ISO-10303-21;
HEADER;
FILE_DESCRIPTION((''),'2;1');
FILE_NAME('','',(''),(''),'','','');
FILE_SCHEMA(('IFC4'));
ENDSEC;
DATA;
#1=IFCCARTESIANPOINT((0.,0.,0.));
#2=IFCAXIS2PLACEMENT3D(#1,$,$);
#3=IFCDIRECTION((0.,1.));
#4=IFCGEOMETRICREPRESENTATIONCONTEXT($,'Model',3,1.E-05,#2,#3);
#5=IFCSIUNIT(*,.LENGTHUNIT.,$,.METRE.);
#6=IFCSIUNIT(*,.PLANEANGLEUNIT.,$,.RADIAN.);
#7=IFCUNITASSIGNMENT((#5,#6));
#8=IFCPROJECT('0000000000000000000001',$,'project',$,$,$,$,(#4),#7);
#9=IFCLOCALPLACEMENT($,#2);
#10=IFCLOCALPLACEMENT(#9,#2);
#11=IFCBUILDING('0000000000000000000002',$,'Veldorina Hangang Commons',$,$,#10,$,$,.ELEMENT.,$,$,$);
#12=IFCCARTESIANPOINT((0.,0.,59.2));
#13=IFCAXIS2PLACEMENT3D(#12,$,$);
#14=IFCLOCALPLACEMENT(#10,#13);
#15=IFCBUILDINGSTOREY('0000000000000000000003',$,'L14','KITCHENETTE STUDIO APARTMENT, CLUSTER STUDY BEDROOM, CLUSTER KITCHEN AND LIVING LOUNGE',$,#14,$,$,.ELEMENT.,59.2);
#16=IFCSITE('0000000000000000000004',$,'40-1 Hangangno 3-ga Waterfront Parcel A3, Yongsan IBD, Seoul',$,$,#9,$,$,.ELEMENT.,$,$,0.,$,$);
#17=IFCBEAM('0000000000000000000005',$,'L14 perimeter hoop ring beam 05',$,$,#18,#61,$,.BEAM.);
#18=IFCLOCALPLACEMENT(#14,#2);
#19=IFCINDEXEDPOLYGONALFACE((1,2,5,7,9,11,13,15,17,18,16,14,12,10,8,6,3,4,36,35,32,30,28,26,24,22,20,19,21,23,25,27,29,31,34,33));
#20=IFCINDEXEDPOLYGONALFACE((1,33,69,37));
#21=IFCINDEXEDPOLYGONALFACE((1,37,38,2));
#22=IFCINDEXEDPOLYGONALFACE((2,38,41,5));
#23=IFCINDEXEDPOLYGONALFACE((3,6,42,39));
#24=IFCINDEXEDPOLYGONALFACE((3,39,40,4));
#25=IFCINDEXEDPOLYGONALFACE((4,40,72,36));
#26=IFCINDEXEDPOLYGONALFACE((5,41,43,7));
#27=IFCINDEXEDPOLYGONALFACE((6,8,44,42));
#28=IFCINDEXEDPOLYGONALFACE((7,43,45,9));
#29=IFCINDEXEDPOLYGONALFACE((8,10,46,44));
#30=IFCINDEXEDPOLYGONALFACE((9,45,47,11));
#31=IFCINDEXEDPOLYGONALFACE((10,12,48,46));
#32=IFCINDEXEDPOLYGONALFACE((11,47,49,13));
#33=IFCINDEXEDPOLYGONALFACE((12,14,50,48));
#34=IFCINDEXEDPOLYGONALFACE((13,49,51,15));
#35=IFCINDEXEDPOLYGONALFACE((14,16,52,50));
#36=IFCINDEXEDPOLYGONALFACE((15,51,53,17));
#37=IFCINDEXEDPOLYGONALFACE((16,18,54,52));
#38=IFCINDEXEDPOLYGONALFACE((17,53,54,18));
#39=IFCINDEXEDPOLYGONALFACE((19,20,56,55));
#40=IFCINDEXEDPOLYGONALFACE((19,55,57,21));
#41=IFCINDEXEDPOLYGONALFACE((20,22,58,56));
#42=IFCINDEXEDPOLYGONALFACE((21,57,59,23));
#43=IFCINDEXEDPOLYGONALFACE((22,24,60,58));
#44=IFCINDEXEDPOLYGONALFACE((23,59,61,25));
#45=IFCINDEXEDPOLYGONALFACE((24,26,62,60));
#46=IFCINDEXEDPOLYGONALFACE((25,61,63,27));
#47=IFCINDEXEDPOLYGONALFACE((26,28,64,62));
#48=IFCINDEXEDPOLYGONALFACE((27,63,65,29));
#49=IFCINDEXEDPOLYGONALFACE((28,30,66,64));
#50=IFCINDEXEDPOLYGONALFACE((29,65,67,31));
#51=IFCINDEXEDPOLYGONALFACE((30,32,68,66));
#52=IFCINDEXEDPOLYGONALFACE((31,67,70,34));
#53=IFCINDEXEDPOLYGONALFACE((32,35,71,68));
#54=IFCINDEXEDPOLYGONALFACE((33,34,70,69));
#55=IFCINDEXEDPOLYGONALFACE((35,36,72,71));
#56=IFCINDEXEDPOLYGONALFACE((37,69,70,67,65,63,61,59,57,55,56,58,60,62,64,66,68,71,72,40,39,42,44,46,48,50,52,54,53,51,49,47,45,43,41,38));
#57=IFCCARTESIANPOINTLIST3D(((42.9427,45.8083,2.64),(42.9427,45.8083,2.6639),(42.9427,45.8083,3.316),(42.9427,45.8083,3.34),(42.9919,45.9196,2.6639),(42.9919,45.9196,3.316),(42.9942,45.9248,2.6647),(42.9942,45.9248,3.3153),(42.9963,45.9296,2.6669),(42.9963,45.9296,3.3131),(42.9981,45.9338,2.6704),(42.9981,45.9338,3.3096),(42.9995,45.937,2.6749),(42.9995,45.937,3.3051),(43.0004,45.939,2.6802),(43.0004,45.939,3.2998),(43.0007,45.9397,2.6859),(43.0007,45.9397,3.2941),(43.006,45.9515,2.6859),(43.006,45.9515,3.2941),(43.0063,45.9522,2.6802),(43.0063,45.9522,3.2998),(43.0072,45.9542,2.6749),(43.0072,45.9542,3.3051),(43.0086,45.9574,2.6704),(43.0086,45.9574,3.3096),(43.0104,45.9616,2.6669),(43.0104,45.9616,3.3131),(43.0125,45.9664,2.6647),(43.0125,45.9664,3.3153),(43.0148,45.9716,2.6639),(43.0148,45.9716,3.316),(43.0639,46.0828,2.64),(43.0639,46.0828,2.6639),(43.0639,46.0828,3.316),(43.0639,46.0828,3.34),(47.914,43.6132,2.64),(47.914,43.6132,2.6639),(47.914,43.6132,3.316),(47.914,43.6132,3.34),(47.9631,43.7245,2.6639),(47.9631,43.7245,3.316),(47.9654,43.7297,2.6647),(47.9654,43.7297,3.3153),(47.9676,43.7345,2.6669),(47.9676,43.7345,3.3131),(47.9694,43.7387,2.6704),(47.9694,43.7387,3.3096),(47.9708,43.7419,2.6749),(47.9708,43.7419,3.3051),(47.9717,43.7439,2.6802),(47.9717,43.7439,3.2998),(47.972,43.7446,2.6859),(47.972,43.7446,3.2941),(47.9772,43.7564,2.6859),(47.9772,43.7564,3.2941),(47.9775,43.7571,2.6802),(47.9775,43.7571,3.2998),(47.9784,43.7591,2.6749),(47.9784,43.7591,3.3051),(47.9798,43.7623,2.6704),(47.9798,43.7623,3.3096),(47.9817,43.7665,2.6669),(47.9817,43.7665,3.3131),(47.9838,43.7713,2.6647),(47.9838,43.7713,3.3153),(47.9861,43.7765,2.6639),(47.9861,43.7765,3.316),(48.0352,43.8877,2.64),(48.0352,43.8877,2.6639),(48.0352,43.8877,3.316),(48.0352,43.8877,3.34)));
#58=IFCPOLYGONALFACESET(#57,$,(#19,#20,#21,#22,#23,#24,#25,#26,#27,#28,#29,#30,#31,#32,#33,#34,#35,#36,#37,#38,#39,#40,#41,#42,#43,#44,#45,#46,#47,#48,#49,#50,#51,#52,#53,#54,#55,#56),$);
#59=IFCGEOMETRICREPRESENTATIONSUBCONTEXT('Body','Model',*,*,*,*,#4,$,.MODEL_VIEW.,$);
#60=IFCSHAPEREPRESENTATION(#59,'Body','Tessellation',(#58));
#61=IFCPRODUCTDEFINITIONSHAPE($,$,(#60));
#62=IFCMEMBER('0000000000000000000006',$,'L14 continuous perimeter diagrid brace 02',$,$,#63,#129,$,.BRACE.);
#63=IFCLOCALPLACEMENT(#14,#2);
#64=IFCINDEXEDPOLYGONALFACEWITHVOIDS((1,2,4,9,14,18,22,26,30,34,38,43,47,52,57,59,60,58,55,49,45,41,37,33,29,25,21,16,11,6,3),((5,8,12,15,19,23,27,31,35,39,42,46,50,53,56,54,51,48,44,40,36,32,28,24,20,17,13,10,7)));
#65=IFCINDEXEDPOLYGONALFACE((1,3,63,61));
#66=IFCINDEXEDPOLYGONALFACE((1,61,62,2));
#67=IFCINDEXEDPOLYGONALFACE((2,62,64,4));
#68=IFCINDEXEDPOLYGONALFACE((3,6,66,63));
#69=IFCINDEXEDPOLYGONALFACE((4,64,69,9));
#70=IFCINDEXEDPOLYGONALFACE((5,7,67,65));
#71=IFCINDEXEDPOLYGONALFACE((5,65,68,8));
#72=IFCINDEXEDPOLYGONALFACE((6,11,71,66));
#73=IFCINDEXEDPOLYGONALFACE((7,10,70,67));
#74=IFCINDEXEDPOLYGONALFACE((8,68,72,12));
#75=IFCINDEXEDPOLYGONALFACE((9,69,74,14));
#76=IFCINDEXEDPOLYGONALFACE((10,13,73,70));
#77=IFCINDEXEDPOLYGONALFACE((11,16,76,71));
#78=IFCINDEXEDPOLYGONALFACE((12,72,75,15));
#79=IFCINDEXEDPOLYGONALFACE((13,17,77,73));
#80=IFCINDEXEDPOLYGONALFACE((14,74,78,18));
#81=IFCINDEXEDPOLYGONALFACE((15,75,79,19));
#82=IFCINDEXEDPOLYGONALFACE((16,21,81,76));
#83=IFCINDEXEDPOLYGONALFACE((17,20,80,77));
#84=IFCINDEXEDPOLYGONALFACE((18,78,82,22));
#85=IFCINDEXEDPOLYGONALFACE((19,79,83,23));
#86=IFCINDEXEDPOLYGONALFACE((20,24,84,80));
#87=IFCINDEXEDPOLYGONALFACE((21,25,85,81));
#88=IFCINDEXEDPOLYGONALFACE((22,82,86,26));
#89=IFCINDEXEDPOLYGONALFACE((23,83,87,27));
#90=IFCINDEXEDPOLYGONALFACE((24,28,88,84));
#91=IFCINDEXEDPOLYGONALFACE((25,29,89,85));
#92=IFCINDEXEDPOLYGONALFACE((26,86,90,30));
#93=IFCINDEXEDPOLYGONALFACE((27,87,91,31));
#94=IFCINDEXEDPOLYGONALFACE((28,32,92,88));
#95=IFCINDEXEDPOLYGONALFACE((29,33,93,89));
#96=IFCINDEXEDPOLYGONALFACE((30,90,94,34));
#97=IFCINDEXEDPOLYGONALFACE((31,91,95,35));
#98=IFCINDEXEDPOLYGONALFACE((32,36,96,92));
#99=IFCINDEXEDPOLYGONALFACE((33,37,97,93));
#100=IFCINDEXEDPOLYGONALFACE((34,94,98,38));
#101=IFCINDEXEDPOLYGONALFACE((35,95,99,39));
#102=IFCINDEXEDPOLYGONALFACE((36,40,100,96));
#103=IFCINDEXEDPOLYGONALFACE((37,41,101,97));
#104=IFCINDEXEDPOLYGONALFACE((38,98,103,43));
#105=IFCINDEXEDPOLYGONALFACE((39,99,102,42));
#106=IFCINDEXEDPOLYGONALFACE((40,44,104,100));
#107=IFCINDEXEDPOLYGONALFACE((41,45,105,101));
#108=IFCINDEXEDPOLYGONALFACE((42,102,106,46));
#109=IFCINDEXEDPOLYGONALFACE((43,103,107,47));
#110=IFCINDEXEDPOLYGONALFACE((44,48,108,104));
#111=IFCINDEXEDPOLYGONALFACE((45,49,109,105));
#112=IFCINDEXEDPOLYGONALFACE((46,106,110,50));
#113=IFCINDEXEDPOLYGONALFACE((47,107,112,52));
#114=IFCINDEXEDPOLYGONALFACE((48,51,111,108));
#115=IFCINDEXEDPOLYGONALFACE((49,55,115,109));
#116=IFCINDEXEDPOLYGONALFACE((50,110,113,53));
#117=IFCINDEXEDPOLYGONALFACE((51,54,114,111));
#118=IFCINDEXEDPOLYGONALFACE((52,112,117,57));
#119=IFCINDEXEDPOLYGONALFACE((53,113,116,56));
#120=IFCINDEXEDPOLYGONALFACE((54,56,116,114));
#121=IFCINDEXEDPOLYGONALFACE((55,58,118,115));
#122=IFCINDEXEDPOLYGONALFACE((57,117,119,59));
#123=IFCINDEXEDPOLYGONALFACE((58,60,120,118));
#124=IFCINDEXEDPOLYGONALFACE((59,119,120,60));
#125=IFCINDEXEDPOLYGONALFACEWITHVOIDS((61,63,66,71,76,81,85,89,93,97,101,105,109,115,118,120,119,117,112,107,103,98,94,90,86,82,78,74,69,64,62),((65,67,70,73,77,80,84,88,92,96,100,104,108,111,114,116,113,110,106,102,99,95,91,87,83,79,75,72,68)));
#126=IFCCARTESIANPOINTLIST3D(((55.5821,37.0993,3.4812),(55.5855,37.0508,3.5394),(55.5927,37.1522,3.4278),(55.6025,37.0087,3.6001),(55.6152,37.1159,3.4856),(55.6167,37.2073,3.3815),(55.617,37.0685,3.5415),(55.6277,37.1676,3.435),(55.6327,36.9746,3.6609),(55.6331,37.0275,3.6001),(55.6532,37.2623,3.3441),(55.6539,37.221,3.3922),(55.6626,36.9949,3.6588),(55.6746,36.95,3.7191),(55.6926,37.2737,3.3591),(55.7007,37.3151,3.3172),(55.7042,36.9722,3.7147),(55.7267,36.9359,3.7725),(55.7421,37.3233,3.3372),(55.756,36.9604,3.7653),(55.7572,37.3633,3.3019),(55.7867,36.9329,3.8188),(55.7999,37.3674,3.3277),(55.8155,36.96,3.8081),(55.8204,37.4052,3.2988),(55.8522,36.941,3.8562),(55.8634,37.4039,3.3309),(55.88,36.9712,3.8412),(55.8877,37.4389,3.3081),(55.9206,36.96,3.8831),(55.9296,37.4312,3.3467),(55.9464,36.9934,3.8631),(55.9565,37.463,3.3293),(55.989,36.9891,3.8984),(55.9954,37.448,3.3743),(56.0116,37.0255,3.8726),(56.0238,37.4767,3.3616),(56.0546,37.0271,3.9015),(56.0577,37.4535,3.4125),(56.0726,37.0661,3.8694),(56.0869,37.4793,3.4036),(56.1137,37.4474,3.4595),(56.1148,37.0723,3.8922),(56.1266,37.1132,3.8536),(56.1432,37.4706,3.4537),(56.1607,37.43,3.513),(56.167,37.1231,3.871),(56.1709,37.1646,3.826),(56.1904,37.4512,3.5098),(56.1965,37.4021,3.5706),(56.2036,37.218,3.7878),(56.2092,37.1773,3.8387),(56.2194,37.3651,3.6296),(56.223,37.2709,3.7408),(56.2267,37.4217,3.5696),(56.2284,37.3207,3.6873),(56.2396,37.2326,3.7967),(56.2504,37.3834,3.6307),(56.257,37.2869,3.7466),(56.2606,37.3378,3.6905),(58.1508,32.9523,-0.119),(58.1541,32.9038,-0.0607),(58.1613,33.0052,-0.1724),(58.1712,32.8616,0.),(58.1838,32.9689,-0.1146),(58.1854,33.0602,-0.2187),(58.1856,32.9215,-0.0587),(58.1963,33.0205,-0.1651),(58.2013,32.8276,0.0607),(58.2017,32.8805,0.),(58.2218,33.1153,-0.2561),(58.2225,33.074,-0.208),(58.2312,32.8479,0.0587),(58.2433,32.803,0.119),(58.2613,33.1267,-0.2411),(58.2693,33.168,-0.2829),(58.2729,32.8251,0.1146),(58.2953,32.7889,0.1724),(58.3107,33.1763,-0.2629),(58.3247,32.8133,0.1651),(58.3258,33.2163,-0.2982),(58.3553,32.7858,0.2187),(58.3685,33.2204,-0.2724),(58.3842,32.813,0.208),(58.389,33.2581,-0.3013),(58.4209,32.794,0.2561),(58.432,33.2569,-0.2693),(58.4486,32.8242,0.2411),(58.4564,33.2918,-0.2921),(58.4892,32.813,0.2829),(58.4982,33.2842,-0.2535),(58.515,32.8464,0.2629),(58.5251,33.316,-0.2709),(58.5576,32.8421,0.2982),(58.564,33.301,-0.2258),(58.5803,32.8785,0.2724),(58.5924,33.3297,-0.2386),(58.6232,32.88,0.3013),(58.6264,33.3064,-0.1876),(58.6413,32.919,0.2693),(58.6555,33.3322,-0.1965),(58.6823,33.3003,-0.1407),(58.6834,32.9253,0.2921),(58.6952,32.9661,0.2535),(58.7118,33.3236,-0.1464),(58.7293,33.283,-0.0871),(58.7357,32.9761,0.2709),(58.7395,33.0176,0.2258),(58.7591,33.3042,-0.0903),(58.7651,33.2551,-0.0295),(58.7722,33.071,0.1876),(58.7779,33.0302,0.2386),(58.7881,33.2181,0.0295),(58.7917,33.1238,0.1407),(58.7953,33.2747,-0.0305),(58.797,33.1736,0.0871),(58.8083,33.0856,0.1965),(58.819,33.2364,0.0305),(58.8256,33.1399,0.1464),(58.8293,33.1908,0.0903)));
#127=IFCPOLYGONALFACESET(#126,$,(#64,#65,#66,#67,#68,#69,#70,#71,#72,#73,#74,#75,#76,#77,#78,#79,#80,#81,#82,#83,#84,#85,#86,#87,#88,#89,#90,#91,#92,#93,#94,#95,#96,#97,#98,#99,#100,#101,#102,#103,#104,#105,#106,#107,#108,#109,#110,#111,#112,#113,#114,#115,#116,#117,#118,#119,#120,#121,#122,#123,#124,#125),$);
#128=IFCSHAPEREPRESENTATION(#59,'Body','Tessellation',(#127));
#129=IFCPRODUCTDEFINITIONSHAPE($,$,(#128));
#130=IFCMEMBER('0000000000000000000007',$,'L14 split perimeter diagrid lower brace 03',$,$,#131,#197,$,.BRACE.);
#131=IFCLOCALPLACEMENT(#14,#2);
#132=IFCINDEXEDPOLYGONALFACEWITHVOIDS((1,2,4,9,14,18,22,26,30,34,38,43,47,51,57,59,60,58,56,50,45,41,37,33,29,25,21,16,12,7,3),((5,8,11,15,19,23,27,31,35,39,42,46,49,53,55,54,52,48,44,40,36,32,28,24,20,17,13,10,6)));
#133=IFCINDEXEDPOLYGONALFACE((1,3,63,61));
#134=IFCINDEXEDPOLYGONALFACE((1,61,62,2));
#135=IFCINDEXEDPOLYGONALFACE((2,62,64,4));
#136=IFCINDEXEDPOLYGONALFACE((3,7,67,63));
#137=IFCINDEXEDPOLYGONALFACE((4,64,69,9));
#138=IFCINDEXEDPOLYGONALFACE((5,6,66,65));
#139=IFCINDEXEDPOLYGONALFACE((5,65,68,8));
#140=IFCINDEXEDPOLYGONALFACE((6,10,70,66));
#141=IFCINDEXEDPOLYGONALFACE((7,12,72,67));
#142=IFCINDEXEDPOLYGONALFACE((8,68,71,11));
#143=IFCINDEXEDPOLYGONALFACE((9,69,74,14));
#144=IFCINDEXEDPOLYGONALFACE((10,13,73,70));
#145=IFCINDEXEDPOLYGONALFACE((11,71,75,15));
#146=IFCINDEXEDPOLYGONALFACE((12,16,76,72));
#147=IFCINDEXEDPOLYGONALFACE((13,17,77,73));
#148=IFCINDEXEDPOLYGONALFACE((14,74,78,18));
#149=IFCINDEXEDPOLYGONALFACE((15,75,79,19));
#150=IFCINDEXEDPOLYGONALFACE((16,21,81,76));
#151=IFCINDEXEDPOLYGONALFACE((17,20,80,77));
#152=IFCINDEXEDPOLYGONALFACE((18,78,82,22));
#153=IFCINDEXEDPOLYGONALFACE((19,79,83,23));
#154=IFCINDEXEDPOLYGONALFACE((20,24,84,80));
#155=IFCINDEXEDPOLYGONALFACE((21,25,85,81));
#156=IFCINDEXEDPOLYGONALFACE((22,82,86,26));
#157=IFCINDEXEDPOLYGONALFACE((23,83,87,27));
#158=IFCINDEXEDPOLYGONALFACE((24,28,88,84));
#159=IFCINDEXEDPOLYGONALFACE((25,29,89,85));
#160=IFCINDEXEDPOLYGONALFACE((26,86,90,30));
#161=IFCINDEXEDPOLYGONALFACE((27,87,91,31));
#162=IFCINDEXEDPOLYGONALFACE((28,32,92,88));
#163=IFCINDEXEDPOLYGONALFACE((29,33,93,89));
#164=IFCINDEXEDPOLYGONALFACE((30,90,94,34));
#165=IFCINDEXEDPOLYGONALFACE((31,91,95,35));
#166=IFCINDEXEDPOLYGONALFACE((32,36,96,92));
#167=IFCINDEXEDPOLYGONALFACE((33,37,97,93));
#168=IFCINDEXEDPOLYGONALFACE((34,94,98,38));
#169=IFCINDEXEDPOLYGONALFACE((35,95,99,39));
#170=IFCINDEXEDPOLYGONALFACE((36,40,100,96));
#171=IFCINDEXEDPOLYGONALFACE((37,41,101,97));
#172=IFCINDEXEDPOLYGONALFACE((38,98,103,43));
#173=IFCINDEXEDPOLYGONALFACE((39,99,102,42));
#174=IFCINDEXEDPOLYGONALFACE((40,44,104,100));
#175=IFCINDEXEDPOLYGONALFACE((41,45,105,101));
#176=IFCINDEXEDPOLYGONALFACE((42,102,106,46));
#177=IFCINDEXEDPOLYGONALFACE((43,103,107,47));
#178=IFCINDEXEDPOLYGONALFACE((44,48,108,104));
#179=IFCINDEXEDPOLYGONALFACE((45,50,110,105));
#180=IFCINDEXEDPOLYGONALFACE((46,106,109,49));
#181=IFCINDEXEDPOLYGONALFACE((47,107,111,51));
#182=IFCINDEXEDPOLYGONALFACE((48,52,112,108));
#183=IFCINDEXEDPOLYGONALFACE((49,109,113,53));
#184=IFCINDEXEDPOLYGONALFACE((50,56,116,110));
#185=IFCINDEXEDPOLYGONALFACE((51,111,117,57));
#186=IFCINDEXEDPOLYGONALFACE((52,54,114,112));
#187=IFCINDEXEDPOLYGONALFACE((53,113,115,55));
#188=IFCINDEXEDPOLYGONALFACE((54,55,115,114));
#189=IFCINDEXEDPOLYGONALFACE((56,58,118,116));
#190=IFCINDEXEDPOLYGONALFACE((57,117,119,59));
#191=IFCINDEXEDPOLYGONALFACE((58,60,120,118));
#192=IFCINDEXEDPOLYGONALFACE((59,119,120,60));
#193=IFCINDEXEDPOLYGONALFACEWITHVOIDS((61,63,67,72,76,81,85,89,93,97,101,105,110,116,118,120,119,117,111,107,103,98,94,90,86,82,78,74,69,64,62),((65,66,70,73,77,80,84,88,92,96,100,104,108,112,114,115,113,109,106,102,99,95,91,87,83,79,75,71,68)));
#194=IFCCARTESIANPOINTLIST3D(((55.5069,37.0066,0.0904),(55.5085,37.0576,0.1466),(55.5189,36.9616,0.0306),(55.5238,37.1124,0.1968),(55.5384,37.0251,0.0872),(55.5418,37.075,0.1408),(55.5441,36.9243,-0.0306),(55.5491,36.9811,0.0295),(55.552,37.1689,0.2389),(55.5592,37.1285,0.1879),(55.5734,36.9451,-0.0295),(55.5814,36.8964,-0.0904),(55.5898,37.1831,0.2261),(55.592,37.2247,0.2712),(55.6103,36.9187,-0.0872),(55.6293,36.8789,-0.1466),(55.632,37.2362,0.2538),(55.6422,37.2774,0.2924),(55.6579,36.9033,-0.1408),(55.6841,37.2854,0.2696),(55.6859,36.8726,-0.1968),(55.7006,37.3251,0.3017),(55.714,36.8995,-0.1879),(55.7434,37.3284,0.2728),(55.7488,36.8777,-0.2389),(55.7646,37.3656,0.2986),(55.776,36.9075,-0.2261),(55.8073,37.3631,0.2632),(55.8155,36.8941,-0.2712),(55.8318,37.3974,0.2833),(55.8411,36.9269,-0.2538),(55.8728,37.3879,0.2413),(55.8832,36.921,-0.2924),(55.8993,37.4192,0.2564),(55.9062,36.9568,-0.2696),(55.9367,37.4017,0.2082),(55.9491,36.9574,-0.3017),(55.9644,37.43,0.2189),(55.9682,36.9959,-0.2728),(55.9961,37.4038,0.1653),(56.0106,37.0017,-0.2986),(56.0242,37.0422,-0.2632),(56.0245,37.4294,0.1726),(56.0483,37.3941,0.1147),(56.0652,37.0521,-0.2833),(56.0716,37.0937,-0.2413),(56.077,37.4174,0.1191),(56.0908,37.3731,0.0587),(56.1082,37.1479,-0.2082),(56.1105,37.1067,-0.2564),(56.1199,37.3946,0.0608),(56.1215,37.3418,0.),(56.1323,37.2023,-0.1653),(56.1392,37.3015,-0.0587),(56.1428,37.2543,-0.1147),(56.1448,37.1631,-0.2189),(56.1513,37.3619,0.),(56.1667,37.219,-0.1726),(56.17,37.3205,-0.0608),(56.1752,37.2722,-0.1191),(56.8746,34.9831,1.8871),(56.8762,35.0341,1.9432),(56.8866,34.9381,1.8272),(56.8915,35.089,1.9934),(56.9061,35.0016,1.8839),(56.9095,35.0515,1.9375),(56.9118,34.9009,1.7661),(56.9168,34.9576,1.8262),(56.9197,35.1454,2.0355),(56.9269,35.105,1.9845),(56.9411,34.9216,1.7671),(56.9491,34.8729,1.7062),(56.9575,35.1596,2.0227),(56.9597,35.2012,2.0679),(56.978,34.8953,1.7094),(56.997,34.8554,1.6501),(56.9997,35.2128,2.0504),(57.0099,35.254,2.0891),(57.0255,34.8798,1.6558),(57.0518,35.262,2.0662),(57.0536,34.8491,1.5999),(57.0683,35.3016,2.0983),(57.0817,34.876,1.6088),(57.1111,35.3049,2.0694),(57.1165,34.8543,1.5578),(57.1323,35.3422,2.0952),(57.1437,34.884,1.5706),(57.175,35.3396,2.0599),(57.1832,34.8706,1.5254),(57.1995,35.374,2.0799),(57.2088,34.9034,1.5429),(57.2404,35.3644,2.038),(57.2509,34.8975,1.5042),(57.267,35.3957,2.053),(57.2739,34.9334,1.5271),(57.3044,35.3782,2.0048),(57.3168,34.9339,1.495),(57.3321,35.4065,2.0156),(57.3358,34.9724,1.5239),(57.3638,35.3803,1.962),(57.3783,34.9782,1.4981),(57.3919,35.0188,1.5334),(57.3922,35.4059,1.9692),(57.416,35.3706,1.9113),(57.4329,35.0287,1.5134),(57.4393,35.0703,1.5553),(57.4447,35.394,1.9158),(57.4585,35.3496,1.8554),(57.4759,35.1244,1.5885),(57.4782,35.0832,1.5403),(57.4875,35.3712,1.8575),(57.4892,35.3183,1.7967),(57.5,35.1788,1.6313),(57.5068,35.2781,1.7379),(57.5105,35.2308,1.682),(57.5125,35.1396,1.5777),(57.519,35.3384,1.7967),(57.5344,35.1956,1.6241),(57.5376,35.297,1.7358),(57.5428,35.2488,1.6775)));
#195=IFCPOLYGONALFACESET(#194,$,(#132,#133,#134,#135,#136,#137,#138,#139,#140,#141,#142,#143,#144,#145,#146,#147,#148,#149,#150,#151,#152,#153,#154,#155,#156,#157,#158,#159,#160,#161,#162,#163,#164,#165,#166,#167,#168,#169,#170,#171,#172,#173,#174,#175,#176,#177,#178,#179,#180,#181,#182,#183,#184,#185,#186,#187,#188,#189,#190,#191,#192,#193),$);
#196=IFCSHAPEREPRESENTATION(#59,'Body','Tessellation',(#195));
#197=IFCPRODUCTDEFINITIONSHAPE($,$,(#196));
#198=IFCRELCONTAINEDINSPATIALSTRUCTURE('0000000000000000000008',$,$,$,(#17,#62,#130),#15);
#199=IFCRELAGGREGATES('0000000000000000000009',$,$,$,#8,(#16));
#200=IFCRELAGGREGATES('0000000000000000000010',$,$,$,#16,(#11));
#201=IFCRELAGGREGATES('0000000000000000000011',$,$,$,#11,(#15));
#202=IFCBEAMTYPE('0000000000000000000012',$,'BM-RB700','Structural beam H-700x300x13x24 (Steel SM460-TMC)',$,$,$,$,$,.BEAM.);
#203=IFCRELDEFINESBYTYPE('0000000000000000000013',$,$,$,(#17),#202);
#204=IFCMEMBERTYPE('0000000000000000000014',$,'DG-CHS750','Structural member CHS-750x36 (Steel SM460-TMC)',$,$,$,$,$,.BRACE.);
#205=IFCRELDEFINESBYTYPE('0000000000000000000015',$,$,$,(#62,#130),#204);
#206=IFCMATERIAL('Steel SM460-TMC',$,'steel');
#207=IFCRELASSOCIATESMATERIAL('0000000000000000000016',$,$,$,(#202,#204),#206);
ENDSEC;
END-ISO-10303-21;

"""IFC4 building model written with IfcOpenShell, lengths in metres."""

from ifc_helpers import new_model, si_unit, direction, frame, origin, origin_2d, place, context, subcontext, project, spatial, hollow_circle, i_section, extrude, material, material_profile, profile_set, type_object, element, save


model = new_model("IFC4")

# Units and contexts
model_context = context("Model", 3, precision=1e-05, world=origin(), true_north=direction((0.0, 1.0)))
body_context = subcontext(model_context, "Body", "Model", "MODEL_VIEW")
ifc_project = project(units=[si_unit("LENGTHUNIT", "METRE"), si_unit("PLANEANGLEUNIT", "RADIAN")], contexts=[model_context])

# Site, building, storey
site_placement = place(None, origin())
site = spatial("IfcSite", under=ifc_project, at=site_placement, Name="40-1 Hangangno 3-ga Waterfront Parcel A3, Yongsan IBD, Seoul", CompositionType="ELEMENT", RefElevation=0.0)
building_placement = place(site_placement, origin())
building = spatial("IfcBuilding", under=site, at=building_placement, Name="Veldorina Hangang Commons", CompositionType="ELEMENT")
storey_placement = place(building_placement, frame((0.0, 0.0, 59.2)))
storey = spatial("IfcBuildingStorey", under=building, at=storey_placement, Name="L14", Description="KITCHENETTE STUDIO APARTMENT, CLUSTER STUDY BEDROOM, CLUSTER KITCHEN AND LIVING LOUNGE", CompositionType="ELEMENT", Elevation=59.2)

# Beam
ifc_material_1 = material(Name="Steel SM460-TMC", Category="steel")
ifc_material_profile_1 = material_profile(ifc_material_1, i_section(OverallWidth=0.3, OverallDepth=0.7, WebThickness=0.0129, FlangeThickness=0.0239, FilletRadius=0.022, at=origin_2d()), Name="H-700x300x13x24")
ifc_profile_set_1 = profile_set([ifc_material_profile_1], Name="Steel SM460-TMC")
beam_type_1 = type_object("IfcBeamType", Name="BM-RB700", Description="Structural beam H-700x300x13x24 (Steel SM460-TMC)", PredefinedType="BEAM", material=ifc_profile_set_1)
beam_1_placement = place(storey_placement, frame((47.9746, 43.7505, 2.99), z_axis=(-0.914789, 0.403932, 0.0), x_axis=(-0.403932, -0.914789, 0.0)))
element("IfcBeam", 1, at=beam_1_placement, inside=storey, type_object=beam_type_1, Name="L14 perimeter hoop ring beam 05", PredefinedType="BEAM", context=body_context, shape_type="SweptSolid", body=[
    extrude(i_section(OverallWidth=0.3, OverallDepth=0.7, WebThickness=0.0129, FlangeThickness=0.0239, FilletRadius=0.022, at=origin_2d()), origin(), (0.0, 0.0, 1.0), 5.4343),
])

# Members
ifc_material_profile_2 = material_profile(ifc_material_1, hollow_circle(Radius=0.375, WallThickness=0.0359, at=origin_2d()), Name="CHS-750x36")
ifc_profile_set_2 = profile_set([ifc_material_profile_2], Name="Steel SM460-TMC")
member_type = type_object("IfcMemberType", Name="DG-CHS750", Description="Structural member CHS-750x36 (Steel SM460-TMC)", PredefinedType="BRACE", material=ifc_profile_set_2)
member_1_placement = place(storey_placement, frame((58.49, 33.0591, 0.0), z_axis=(-0.423676, 0.684019, 0.593815), x_axis=(-0.850134, -0.526567, 0.0)))
element("IfcMember", 2, at=member_1_placement, inside=storey, type_object=member_type, Name="L14 continuous perimeter diagrid brace 02", PredefinedType="BRACE", context=body_context, shape_type="SweptSolid", body=[
    extrude(hollow_circle(Radius=0.375, WallThickness=0.0359, at=origin_2d()), origin(), (0.0, 0.0, 1.0), 6.0627),
])
member_2_placement = place(storey_placement, frame((55.8406, 37.1519, 0.0), z_axis=(0.451088, -0.667372, 0.592566), x_axis=(0.828496, 0.559995, 0.0)))
element("IfcMember", 3, at=member_2_placement, inside=storey, type_object=member_type, Name="L14 split perimeter diagrid lower brace 03", PredefinedType="BRACE", context=body_context, shape_type="SweptSolid", body=[
    extrude(hollow_circle(Radius=0.375, WallThickness=0.0359, at=origin_2d()), origin(), (0.0, 0.0, 1.0), 3.032),
])

save(model, "model.ifc")
